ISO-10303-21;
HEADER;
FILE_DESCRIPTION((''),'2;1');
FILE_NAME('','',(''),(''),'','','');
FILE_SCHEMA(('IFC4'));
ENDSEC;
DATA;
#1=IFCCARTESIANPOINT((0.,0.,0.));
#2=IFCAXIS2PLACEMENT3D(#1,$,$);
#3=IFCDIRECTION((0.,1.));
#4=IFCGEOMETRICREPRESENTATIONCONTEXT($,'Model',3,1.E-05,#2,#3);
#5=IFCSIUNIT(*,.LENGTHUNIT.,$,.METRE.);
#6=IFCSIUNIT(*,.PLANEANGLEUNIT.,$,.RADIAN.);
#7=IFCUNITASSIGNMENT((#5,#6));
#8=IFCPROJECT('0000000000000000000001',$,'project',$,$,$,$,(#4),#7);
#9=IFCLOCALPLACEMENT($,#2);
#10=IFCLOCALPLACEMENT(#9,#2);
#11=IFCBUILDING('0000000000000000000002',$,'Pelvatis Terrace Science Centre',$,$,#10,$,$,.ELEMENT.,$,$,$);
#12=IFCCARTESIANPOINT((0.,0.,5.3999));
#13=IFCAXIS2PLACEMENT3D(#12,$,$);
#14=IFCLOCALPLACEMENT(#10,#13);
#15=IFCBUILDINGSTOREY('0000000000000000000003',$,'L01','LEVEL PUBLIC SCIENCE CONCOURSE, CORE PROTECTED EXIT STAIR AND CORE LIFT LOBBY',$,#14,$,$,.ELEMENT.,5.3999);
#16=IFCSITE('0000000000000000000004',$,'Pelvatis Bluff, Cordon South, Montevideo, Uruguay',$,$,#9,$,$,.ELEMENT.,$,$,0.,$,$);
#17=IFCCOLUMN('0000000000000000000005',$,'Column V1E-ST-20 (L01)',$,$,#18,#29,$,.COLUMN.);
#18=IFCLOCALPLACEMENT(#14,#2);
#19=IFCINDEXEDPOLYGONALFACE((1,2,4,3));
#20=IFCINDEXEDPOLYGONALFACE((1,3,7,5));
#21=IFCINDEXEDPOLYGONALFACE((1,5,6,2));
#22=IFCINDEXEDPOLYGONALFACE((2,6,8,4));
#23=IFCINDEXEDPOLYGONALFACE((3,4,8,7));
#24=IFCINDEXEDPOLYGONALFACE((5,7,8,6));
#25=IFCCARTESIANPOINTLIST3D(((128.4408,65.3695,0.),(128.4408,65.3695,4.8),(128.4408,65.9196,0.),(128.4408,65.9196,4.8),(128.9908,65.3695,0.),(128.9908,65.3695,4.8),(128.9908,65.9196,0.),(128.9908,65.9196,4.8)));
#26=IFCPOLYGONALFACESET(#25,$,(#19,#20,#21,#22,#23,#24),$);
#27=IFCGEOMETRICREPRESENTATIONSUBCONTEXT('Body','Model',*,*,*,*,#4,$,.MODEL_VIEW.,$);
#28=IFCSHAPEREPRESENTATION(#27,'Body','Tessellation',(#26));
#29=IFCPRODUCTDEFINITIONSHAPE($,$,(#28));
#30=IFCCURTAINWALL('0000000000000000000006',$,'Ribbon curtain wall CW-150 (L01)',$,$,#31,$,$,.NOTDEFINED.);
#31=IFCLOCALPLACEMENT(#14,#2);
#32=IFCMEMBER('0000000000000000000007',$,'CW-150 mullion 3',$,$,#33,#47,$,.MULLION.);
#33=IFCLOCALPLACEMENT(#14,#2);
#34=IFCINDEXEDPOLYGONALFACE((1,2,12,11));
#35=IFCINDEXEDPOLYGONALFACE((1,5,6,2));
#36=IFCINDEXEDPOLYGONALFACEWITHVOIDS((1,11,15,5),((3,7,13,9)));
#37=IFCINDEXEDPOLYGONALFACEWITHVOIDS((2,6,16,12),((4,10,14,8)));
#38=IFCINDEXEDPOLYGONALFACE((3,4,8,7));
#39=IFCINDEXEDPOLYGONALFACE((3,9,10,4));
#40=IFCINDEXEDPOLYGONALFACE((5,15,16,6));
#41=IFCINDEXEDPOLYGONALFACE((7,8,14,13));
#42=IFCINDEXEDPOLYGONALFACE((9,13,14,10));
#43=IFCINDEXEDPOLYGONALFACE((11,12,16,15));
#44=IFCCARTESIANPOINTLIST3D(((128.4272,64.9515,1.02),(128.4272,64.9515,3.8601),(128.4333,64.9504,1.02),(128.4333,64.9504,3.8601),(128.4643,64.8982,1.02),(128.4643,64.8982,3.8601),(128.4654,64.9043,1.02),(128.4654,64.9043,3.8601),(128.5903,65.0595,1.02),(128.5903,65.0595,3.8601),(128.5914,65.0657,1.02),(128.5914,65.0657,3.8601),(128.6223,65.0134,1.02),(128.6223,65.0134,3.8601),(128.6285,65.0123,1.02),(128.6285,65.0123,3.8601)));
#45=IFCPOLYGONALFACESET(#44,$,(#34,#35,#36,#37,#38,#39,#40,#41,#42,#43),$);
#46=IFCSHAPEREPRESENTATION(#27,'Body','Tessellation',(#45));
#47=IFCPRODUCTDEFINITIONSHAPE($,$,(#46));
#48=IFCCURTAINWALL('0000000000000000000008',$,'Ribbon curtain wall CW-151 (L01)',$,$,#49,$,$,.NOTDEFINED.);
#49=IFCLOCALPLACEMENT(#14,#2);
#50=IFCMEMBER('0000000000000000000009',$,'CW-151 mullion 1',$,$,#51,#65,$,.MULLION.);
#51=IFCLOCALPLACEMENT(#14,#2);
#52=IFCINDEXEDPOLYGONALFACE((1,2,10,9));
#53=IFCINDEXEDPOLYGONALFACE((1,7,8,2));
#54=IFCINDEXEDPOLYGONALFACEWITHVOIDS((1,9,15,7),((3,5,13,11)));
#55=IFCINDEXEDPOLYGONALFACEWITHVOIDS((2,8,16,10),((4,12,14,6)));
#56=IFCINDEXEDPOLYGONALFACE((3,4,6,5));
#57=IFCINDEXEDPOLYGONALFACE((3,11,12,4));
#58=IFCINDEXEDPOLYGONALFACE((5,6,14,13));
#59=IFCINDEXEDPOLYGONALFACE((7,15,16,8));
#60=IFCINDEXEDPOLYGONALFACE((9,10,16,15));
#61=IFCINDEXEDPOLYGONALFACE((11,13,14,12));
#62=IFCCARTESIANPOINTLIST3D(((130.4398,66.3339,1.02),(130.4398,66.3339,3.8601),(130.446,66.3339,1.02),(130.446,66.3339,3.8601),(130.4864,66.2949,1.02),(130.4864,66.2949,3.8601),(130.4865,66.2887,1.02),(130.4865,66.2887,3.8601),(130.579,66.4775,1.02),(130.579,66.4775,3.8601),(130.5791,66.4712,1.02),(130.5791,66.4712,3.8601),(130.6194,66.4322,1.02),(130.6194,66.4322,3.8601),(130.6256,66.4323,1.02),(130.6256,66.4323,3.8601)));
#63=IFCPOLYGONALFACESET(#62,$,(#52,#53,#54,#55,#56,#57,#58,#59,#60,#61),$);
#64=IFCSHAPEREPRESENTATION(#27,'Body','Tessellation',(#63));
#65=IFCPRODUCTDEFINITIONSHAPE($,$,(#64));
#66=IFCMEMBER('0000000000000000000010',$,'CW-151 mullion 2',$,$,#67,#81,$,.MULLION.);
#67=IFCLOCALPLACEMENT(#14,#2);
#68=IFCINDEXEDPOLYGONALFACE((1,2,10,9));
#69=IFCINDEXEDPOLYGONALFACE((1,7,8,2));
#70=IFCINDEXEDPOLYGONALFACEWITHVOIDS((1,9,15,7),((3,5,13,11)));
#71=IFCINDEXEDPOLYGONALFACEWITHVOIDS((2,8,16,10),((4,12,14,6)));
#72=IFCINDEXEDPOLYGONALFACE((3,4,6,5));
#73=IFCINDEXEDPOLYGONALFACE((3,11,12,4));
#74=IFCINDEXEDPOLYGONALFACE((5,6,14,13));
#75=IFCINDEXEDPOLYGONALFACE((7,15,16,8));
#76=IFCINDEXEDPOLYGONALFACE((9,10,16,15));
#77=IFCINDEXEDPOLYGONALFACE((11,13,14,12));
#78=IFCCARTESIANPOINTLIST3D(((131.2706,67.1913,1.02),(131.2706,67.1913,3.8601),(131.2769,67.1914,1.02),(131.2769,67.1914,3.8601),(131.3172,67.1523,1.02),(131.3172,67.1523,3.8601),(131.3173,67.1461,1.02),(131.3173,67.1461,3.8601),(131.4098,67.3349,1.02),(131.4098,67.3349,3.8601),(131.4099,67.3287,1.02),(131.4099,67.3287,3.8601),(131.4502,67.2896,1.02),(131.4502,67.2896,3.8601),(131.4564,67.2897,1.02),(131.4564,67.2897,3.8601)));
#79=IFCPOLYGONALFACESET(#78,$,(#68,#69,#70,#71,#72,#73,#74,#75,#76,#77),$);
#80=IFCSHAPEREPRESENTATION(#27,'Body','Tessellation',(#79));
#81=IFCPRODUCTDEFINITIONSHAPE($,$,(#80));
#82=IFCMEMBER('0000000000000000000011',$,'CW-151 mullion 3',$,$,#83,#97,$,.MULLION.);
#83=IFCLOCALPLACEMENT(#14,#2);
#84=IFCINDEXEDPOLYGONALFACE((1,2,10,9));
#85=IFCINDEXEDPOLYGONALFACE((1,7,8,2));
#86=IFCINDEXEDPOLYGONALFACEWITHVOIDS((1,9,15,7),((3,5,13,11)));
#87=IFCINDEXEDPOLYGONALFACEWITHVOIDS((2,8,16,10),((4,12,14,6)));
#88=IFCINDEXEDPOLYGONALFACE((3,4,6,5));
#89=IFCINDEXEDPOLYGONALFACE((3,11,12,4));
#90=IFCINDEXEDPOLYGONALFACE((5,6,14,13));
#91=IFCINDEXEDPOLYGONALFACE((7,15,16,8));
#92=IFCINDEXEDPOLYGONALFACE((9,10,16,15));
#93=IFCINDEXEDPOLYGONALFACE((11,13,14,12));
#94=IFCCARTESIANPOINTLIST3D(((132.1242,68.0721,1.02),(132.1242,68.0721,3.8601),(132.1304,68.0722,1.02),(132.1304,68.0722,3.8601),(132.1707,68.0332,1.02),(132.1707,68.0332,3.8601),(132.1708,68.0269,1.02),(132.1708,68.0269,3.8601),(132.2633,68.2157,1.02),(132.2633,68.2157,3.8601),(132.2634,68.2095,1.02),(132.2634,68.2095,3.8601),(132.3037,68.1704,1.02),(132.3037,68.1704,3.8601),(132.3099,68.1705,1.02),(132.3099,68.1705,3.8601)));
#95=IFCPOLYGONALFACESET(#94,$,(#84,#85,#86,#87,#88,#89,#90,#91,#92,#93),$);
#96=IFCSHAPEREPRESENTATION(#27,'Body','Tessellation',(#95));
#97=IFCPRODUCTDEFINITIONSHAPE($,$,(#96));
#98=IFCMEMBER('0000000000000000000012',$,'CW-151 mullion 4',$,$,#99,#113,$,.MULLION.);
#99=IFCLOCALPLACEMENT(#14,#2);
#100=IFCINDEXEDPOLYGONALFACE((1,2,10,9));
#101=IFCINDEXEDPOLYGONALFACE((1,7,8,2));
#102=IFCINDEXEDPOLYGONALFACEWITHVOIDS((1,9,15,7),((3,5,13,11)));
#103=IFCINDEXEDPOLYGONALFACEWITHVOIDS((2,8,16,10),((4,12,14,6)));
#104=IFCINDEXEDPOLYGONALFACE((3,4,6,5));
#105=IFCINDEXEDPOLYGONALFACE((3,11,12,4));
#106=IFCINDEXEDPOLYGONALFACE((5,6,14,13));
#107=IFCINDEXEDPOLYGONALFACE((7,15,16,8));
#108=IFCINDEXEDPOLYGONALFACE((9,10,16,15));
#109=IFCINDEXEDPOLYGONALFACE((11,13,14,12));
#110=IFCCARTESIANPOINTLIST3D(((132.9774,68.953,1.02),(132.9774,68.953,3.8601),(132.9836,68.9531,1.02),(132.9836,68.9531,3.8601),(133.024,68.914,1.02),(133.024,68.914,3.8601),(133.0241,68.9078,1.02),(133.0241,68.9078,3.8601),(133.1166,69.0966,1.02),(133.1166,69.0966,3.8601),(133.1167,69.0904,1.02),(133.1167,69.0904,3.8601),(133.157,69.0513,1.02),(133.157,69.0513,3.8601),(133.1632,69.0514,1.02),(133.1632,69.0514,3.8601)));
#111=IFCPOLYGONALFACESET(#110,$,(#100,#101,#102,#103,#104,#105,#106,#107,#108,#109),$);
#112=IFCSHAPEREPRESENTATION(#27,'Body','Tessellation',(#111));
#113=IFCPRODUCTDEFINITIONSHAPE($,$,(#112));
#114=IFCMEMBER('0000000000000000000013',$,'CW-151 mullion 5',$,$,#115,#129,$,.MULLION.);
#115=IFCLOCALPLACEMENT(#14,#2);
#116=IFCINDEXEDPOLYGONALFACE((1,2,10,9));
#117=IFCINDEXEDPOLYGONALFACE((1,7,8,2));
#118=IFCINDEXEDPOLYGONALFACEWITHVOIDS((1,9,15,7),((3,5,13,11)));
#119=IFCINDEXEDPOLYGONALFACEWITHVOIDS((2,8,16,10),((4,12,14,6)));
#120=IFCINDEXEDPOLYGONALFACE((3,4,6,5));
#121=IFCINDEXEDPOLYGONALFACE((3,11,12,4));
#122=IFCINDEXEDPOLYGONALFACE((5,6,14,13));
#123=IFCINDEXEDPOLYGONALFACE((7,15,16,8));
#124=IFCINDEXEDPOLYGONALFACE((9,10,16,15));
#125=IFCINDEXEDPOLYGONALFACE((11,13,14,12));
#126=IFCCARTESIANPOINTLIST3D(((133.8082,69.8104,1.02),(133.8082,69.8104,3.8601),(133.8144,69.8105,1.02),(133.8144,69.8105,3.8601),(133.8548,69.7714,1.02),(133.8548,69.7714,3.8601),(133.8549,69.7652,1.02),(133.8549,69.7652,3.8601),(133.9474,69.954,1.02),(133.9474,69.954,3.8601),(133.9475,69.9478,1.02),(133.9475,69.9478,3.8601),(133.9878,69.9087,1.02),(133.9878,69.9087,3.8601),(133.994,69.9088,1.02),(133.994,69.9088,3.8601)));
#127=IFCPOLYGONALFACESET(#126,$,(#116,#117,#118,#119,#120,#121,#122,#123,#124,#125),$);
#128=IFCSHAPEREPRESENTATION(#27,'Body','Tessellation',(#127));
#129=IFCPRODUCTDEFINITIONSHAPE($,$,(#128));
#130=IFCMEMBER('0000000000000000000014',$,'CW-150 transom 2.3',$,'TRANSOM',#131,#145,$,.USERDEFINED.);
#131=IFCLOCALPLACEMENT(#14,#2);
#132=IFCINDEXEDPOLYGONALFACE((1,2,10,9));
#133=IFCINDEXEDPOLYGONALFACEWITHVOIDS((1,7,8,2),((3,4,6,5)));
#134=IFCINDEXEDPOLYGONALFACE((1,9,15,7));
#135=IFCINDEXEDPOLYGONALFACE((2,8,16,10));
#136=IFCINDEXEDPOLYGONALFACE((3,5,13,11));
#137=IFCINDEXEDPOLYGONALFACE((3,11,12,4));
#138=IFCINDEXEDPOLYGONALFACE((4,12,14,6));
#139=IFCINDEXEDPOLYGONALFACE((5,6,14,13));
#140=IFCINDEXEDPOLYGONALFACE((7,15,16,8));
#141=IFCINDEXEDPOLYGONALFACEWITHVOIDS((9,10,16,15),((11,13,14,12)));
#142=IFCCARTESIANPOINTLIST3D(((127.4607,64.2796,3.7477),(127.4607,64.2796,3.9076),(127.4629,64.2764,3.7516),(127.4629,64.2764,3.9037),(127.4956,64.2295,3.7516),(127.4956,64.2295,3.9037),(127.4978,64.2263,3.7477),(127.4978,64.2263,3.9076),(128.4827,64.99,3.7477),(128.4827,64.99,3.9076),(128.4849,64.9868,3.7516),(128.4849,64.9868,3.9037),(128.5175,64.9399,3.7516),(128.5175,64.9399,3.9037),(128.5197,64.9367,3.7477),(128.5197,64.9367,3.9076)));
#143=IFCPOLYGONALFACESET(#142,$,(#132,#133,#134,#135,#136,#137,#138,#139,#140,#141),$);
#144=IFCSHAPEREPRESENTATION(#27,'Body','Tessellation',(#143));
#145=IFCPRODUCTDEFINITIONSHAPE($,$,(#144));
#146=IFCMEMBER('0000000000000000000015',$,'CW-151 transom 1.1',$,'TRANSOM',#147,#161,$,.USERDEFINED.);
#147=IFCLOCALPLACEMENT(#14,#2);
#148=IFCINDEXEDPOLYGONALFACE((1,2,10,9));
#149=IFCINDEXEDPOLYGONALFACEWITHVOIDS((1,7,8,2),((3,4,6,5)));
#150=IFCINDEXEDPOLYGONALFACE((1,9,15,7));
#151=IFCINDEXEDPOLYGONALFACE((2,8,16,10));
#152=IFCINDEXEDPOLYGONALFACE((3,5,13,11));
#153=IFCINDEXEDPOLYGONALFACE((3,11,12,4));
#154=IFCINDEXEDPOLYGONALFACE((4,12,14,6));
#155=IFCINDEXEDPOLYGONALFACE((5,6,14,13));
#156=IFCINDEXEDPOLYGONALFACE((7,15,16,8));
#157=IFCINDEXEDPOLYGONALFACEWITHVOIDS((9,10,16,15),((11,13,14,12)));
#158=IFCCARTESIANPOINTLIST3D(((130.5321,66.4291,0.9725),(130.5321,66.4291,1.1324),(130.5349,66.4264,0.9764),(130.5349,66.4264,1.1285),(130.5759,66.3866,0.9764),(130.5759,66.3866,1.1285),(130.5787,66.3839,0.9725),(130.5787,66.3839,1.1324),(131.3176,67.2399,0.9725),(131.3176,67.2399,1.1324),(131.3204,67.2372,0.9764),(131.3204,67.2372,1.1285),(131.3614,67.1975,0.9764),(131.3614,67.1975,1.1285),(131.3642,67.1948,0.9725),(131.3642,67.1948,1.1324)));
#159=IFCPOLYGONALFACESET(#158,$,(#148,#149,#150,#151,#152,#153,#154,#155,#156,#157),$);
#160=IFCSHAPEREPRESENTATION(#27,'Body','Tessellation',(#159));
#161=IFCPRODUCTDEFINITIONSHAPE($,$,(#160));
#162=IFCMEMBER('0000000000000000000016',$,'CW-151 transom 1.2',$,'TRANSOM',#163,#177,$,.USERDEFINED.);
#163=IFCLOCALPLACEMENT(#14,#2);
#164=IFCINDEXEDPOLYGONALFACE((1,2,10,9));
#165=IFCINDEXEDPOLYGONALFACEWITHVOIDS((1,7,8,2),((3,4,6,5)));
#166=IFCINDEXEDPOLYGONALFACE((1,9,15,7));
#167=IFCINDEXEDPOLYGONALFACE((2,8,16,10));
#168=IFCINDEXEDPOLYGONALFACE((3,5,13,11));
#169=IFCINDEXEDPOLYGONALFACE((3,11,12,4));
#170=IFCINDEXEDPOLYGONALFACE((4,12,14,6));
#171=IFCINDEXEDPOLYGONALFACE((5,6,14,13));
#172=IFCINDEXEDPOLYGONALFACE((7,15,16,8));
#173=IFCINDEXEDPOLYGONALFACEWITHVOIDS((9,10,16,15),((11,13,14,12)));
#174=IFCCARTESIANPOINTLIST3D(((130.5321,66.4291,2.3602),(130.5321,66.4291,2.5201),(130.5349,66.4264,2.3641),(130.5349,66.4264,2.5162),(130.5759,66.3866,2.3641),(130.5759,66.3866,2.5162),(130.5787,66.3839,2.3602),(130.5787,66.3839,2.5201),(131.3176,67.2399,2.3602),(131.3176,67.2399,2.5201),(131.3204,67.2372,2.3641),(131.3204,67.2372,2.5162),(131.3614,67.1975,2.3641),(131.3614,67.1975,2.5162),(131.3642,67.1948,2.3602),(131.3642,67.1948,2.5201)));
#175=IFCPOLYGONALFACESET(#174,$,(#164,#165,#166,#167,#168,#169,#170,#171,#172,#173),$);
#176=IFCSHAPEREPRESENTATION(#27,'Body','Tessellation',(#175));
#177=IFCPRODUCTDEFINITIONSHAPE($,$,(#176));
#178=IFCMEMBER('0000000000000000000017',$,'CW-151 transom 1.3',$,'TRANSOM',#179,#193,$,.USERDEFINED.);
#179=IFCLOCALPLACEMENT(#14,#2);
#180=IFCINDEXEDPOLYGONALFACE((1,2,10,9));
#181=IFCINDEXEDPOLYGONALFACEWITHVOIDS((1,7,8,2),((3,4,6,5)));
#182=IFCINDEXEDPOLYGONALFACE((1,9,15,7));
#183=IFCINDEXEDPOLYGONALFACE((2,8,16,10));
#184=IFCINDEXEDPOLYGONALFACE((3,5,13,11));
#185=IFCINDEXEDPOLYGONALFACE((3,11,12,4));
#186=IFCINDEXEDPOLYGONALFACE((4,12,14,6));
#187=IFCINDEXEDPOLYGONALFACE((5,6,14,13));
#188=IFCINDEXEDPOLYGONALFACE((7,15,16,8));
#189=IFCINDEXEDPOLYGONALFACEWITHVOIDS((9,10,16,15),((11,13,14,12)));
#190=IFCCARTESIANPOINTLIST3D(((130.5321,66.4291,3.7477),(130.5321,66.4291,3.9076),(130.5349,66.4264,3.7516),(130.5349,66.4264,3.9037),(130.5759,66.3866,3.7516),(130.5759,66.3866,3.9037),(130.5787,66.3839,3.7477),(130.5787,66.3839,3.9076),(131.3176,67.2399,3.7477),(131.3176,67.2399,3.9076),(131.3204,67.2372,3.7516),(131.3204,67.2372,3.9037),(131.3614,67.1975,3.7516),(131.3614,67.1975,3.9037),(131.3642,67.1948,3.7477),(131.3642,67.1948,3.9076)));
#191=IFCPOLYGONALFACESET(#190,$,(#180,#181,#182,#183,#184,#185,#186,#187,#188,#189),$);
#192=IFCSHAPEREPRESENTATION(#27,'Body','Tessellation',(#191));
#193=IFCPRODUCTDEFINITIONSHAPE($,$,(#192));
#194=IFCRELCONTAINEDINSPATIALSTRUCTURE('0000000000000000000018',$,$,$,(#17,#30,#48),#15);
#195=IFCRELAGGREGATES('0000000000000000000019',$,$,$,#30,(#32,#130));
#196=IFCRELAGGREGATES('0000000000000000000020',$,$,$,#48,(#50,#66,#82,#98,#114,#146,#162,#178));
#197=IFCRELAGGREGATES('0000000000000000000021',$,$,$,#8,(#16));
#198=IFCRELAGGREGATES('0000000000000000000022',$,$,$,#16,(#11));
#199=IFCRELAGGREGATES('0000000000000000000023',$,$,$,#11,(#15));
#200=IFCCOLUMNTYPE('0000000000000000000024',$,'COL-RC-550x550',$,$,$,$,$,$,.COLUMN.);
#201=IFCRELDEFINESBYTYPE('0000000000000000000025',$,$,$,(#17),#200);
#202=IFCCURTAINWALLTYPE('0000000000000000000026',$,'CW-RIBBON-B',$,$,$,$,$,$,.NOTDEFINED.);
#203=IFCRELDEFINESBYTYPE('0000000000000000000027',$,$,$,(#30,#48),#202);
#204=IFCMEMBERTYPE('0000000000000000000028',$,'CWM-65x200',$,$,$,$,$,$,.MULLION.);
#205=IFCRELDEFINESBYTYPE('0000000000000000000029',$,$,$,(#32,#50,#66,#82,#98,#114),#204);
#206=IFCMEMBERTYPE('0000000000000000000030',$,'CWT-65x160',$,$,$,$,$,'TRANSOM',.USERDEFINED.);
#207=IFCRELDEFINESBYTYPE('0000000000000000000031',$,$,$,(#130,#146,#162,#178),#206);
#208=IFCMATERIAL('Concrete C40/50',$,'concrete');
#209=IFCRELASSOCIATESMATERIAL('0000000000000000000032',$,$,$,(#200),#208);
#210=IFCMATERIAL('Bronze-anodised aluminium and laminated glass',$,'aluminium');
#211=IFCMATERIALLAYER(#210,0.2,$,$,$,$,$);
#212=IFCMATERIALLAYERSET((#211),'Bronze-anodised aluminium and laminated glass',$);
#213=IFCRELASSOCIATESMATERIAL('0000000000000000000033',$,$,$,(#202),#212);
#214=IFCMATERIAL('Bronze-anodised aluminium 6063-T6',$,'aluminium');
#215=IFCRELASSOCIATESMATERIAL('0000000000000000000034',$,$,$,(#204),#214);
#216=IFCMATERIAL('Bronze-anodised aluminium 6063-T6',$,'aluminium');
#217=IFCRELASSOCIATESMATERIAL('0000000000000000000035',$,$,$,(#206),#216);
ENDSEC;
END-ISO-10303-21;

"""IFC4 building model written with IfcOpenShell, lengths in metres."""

from ifc_helpers import new_model, si_unit, direction, frame, origin, origin_2d, place, context, subcontext, project, spatial, rectangle, hollow_rectangle, extrude, material, layer, layer_set, material_profile, profile_set, type_object, element, aggregate, save


model = new_model("IFC4")

# Units and contexts
model_context = context("Model", 3, precision=1e-05, world=origin(), true_north=direction((0.0, 1.0)))
body_context = subcontext(model_context, "Body", "Model", "MODEL_VIEW")
ifc_project = project(units=[si_unit("LENGTHUNIT", "METRE"), si_unit("PLANEANGLEUNIT", "RADIAN")], contexts=[model_context])

# Site, building, storey
site_placement = place(None, origin())
site = spatial("IfcSite", under=ifc_project, at=site_placement, Name="Pelvatis Bluff, Cordon South, Montevideo, Uruguay", CompositionType="ELEMENT", RefElevation=0.0)
building_placement = place(site_placement, origin())
building = spatial("IfcBuilding", under=site, at=building_placement, Name="Pelvatis Terrace Science Centre", CompositionType="ELEMENT")
storey_placement = place(building_placement, frame((0.0, 0.0, 5.3999)))
storey = spatial("IfcBuildingStorey", under=building, at=storey_placement, Name="L01", Description="LEVEL PUBLIC SCIENCE CONCOURSE, CORE PROTECTED EXIT STAIR AND CORE LIFT LOBBY", CompositionType="ELEMENT", Elevation=5.3999)

# Column
ifc_material_1 = material(Name="Concrete C40/50", Category="concrete")
ifc_material_profile_1 = material_profile(ifc_material_1, rectangle(XDim=0.55, YDim=0.55, at=origin_2d()), Name="RC-COL 550x550")
ifc_profile_set_1 = profile_set([ifc_material_profile_1], Name="Concrete C40/50")
column_type = type_object("IfcColumnType", Name="COL-RC-550x550", PredefinedType="COLUMN", material=ifc_profile_set_1)
column_placement = place(storey_placement, frame((128.7158, 65.6445, 0.0), z_axis=(0.0, 0.0, 1.0), x_axis=(1.0, 0.0, 0.0)))
element("IfcColumn", 1, at=column_placement, inside=storey, type_object=column_type, Name="Column V1E-ST-20 (L01)", PredefinedType="COLUMN", context=body_context, shape_type="SweptSolid", body=[
    extrude(rectangle(XDim=0.55, YDim=0.55, at=origin_2d()), origin(), (0.0, 0.0, 1.0), 4.8),
])

# Curtain wall, member
ifc_material_2 = material(Name="Bronze-anodised aluminium and laminated glass", Category="aluminium")
ifc_layer_1 = layer(ifc_material_2, 0.2)
ifc_layer_set_1 = layer_set([ifc_layer_1], Name="Bronze-anodised aluminium and laminated glass")
curtain_wall_type = type_object("IfcCurtainWallType", Name="CW-RIBBON-B", PredefinedType="NOTDEFINED", material=ifc_layer_set_1)
curtain_wall_1_placement = place(storey_placement, origin())
curtain_wall_1 = element("IfcCurtainWall", 2, at=curtain_wall_1_placement, inside=storey, type_object=curtain_wall_type, Name="Ribbon curtain wall CW-150 (L01)", PredefinedType="NOTDEFINED")
ifc_material_3 = material(Name="Bronze-anodised aluminium 6063-T6", Category="aluminium")
ifc_material_profile_2 = material_profile(ifc_material_3, hollow_rectangle(XDim=0.0649, YDim=0.2, WallThickness=0.0044, at=origin_2d()), Name="ALU-MUL 65x200")
ifc_profile_set_2 = profile_set([ifc_material_profile_2], Name="Bronze-anodised aluminium 6063-T6")
member_type_1 = type_object("IfcMemberType", Name="CWM-65x200", PredefinedType="MULLION", material=ifc_profile_set_2)
member_1_placement = place(storey_placement, frame((128.5278, 64.9819, 1.02), z_axis=(0.0, 0.0, 1.0), x_axis=(-0.570774, 0.821107, 0.0)))
member_1 = element("IfcMember", 3, at=member_1_placement, type_object=member_type_1, Name="CW-150 mullion 3", PredefinedType="MULLION", context=body_context, shape_type="SweptSolid", body=[
    extrude(hollow_rectangle(XDim=0.0649, YDim=0.2, WallThickness=0.0044, at=origin_2d()), origin(), (0.0, 0.0, 1.0), 2.8401),
])

# Curtain wall, members
curtain_wall_2_placement = place(storey_placement, origin())
curtain_wall_2 = element("IfcCurtainWall", 4, at=curtain_wall_2_placement, inside=storey, type_object=curtain_wall_type, Name="Ribbon curtain wall CW-151 (L01)", PredefinedType="NOTDEFINED")
member_2_placement = place(storey_placement, frame((130.5327, 66.3831, 1.02), z_axis=(0.0, 0.0, 1.0), x_axis=(-0.718179, 0.695858, 0.0)))
member_2 = element("IfcMember", 5, at=member_2_placement, type_object=member_type_1, Name="CW-151 mullion 1", PredefinedType="MULLION", context=body_context, shape_type="SweptSolid", body=[
    extrude(hollow_rectangle(XDim=0.0649, YDim=0.2, WallThickness=0.0044, at=origin_2d()), origin(), (0.0, 0.0, 1.0), 2.8401),
])
member_3_placement = place(storey_placement, frame((131.3635, 67.2405, 1.02), z_axis=(0.0, 0.0, 1.0), x_axis=(-0.718179, 0.695858, 0.0)))
member_3 = element("IfcMember", 6, at=member_3_placement, type_object=member_type_1, Name="CW-151 mullion 2", PredefinedType="MULLION", context=body_context, shape_type="SweptSolid", body=[
    extrude(hollow_rectangle(XDim=0.0649, YDim=0.2, WallThickness=0.0044, at=origin_2d()), origin(), (0.0, 0.0, 1.0), 2.8401),
])
member_4_placement = place(storey_placement, frame((132.217, 68.1213, 1.02), z_axis=(0.0, 0.0, 1.0), x_axis=(-0.718179, 0.695858, 0.0)))
member_4 = element("IfcMember", 7, at=member_4_placement, type_object=member_type_1, Name="CW-151 mullion 3", PredefinedType="MULLION", context=body_context, shape_type="SweptSolid", body=[
    extrude(hollow_rectangle(XDim=0.0649, YDim=0.2, WallThickness=0.0044, at=origin_2d()), origin(), (0.0, 0.0, 1.0), 2.8401),
])
member_5_placement = place(storey_placement, frame((133.0703, 69.0022, 1.02), z_axis=(0.0, 0.0, 1.0), x_axis=(-0.718179, 0.695858, 0.0)))
member_5 = element("IfcMember", 8, at=member_5_placement, type_object=member_type_1, Name="CW-151 mullion 4", PredefinedType="MULLION", context=body_context, shape_type="SweptSolid", body=[
    extrude(hollow_rectangle(XDim=0.0649, YDim=0.2, WallThickness=0.0044, at=origin_2d()), origin(), (0.0, 0.0, 1.0), 2.8401),
])
member_6_placement = place(storey_placement, frame((133.9011, 69.8596, 1.02), z_axis=(0.0, 0.0, 1.0), x_axis=(-0.718179, 0.695858, 0.0)))
member_6 = element("IfcMember", 9, at=member_6_placement, type_object=member_type_1, Name="CW-151 mullion 5", PredefinedType="MULLION", context=body_context, shape_type="SweptSolid", body=[
    extrude(hollow_rectangle(XDim=0.0649, YDim=0.2, WallThickness=0.0044, at=origin_2d()), origin(), (0.0, 0.0, 1.0), 2.8401),
])

# Members
ifc_material_4 = material(Name="Bronze-anodised aluminium 6063-T6", Category="aluminium")
ifc_material_profile_3 = material_profile(ifc_material_4, hollow_rectangle(XDim=0.0649, YDim=0.1599, WallThickness=0.0039, at=origin_2d()), Name="ALU-TRN 65x160")
ifc_profile_set_3 = profile_set([ifc_material_profile_3], Name="Bronze-anodised aluminium 6063-T6")
member_type_2 = type_object("IfcMemberType", Name="CWT-65x160", ElementType="TRANSOM", PredefinedType="USERDEFINED", material=ifc_profile_set_3)
member_7_placement = place(storey_placement, frame((127.4792, 64.2529, 3.8276), z_axis=(0.821089, 0.5708, 0.0), x_axis=(-0.5708, 0.821089, 0.0)))
member_7 = element("IfcMember", 10, at=member_7_placement, type_object=member_type_2, Name="CW-150 transom 2.3", ObjectType="TRANSOM", PredefinedType="USERDEFINED", context=body_context, shape_type="SweptSolid", body=[
    extrude(hollow_rectangle(XDim=0.0649, YDim=0.1599, WallThickness=0.0039, at=origin_2d()), origin(), (0.0, 0.0, 1.0), 1.2446),
])
member_8_placement = place(storey_placement, frame((130.5554, 66.4065, 1.0525), z_axis=(0.695771, 0.718264, 0.0), x_axis=(-0.718264, 0.695771, 0.0)))
member_8 = element("IfcMember", 11, at=member_8_placement, type_object=member_type_2, Name="CW-151 transom 1.1", ObjectType="TRANSOM", PredefinedType="USERDEFINED", context=body_context, shape_type="SweptSolid", body=[
    extrude(hollow_rectangle(XDim=0.0649, YDim=0.1599, WallThickness=0.0039, at=origin_2d()), origin(), (0.0, 0.0, 1.0), 1.1289),
])
member_9_placement = place(storey_placement, frame((130.5554, 66.4065, 2.4402), z_axis=(0.695771, 0.718264, 0.0), x_axis=(-0.718264, 0.695771, 0.0)))
member_9 = element("IfcMember", 12, at=member_9_placement, type_object=member_type_2, Name="CW-151 transom 1.2", ObjectType="TRANSOM", PredefinedType="USERDEFINED", context=body_context, shape_type="SweptSolid", body=[
    extrude(hollow_rectangle(XDim=0.0649, YDim=0.1599, WallThickness=0.0039, at=origin_2d()), origin(), (0.0, 0.0, 1.0), 1.1289),
])
member_10_placement = place(storey_placement, frame((130.5554, 66.4065, 3.8276), z_axis=(0.695771, 0.718264, 0.0), x_axis=(-0.718264, 0.695771, 0.0)))
member_10 = element("IfcMember", 13, at=member_10_placement, type_object=member_type_2, Name="CW-151 transom 1.3", ObjectType="TRANSOM", PredefinedType="USERDEFINED", context=body_context, shape_type="SweptSolid", body=[
    extrude(hollow_rectangle(XDim=0.0649, YDim=0.1599, WallThickness=0.0039, at=origin_2d()), origin(), (0.0, 0.0, 1.0), 1.1289),
])

aggregate(curtain_wall_1, [member_1, member_7])
aggregate(curtain_wall_2, [member_2, member_3, member_4, member_5, member_6, member_8, member_9, member_10])

save(model, "model.ifc")
